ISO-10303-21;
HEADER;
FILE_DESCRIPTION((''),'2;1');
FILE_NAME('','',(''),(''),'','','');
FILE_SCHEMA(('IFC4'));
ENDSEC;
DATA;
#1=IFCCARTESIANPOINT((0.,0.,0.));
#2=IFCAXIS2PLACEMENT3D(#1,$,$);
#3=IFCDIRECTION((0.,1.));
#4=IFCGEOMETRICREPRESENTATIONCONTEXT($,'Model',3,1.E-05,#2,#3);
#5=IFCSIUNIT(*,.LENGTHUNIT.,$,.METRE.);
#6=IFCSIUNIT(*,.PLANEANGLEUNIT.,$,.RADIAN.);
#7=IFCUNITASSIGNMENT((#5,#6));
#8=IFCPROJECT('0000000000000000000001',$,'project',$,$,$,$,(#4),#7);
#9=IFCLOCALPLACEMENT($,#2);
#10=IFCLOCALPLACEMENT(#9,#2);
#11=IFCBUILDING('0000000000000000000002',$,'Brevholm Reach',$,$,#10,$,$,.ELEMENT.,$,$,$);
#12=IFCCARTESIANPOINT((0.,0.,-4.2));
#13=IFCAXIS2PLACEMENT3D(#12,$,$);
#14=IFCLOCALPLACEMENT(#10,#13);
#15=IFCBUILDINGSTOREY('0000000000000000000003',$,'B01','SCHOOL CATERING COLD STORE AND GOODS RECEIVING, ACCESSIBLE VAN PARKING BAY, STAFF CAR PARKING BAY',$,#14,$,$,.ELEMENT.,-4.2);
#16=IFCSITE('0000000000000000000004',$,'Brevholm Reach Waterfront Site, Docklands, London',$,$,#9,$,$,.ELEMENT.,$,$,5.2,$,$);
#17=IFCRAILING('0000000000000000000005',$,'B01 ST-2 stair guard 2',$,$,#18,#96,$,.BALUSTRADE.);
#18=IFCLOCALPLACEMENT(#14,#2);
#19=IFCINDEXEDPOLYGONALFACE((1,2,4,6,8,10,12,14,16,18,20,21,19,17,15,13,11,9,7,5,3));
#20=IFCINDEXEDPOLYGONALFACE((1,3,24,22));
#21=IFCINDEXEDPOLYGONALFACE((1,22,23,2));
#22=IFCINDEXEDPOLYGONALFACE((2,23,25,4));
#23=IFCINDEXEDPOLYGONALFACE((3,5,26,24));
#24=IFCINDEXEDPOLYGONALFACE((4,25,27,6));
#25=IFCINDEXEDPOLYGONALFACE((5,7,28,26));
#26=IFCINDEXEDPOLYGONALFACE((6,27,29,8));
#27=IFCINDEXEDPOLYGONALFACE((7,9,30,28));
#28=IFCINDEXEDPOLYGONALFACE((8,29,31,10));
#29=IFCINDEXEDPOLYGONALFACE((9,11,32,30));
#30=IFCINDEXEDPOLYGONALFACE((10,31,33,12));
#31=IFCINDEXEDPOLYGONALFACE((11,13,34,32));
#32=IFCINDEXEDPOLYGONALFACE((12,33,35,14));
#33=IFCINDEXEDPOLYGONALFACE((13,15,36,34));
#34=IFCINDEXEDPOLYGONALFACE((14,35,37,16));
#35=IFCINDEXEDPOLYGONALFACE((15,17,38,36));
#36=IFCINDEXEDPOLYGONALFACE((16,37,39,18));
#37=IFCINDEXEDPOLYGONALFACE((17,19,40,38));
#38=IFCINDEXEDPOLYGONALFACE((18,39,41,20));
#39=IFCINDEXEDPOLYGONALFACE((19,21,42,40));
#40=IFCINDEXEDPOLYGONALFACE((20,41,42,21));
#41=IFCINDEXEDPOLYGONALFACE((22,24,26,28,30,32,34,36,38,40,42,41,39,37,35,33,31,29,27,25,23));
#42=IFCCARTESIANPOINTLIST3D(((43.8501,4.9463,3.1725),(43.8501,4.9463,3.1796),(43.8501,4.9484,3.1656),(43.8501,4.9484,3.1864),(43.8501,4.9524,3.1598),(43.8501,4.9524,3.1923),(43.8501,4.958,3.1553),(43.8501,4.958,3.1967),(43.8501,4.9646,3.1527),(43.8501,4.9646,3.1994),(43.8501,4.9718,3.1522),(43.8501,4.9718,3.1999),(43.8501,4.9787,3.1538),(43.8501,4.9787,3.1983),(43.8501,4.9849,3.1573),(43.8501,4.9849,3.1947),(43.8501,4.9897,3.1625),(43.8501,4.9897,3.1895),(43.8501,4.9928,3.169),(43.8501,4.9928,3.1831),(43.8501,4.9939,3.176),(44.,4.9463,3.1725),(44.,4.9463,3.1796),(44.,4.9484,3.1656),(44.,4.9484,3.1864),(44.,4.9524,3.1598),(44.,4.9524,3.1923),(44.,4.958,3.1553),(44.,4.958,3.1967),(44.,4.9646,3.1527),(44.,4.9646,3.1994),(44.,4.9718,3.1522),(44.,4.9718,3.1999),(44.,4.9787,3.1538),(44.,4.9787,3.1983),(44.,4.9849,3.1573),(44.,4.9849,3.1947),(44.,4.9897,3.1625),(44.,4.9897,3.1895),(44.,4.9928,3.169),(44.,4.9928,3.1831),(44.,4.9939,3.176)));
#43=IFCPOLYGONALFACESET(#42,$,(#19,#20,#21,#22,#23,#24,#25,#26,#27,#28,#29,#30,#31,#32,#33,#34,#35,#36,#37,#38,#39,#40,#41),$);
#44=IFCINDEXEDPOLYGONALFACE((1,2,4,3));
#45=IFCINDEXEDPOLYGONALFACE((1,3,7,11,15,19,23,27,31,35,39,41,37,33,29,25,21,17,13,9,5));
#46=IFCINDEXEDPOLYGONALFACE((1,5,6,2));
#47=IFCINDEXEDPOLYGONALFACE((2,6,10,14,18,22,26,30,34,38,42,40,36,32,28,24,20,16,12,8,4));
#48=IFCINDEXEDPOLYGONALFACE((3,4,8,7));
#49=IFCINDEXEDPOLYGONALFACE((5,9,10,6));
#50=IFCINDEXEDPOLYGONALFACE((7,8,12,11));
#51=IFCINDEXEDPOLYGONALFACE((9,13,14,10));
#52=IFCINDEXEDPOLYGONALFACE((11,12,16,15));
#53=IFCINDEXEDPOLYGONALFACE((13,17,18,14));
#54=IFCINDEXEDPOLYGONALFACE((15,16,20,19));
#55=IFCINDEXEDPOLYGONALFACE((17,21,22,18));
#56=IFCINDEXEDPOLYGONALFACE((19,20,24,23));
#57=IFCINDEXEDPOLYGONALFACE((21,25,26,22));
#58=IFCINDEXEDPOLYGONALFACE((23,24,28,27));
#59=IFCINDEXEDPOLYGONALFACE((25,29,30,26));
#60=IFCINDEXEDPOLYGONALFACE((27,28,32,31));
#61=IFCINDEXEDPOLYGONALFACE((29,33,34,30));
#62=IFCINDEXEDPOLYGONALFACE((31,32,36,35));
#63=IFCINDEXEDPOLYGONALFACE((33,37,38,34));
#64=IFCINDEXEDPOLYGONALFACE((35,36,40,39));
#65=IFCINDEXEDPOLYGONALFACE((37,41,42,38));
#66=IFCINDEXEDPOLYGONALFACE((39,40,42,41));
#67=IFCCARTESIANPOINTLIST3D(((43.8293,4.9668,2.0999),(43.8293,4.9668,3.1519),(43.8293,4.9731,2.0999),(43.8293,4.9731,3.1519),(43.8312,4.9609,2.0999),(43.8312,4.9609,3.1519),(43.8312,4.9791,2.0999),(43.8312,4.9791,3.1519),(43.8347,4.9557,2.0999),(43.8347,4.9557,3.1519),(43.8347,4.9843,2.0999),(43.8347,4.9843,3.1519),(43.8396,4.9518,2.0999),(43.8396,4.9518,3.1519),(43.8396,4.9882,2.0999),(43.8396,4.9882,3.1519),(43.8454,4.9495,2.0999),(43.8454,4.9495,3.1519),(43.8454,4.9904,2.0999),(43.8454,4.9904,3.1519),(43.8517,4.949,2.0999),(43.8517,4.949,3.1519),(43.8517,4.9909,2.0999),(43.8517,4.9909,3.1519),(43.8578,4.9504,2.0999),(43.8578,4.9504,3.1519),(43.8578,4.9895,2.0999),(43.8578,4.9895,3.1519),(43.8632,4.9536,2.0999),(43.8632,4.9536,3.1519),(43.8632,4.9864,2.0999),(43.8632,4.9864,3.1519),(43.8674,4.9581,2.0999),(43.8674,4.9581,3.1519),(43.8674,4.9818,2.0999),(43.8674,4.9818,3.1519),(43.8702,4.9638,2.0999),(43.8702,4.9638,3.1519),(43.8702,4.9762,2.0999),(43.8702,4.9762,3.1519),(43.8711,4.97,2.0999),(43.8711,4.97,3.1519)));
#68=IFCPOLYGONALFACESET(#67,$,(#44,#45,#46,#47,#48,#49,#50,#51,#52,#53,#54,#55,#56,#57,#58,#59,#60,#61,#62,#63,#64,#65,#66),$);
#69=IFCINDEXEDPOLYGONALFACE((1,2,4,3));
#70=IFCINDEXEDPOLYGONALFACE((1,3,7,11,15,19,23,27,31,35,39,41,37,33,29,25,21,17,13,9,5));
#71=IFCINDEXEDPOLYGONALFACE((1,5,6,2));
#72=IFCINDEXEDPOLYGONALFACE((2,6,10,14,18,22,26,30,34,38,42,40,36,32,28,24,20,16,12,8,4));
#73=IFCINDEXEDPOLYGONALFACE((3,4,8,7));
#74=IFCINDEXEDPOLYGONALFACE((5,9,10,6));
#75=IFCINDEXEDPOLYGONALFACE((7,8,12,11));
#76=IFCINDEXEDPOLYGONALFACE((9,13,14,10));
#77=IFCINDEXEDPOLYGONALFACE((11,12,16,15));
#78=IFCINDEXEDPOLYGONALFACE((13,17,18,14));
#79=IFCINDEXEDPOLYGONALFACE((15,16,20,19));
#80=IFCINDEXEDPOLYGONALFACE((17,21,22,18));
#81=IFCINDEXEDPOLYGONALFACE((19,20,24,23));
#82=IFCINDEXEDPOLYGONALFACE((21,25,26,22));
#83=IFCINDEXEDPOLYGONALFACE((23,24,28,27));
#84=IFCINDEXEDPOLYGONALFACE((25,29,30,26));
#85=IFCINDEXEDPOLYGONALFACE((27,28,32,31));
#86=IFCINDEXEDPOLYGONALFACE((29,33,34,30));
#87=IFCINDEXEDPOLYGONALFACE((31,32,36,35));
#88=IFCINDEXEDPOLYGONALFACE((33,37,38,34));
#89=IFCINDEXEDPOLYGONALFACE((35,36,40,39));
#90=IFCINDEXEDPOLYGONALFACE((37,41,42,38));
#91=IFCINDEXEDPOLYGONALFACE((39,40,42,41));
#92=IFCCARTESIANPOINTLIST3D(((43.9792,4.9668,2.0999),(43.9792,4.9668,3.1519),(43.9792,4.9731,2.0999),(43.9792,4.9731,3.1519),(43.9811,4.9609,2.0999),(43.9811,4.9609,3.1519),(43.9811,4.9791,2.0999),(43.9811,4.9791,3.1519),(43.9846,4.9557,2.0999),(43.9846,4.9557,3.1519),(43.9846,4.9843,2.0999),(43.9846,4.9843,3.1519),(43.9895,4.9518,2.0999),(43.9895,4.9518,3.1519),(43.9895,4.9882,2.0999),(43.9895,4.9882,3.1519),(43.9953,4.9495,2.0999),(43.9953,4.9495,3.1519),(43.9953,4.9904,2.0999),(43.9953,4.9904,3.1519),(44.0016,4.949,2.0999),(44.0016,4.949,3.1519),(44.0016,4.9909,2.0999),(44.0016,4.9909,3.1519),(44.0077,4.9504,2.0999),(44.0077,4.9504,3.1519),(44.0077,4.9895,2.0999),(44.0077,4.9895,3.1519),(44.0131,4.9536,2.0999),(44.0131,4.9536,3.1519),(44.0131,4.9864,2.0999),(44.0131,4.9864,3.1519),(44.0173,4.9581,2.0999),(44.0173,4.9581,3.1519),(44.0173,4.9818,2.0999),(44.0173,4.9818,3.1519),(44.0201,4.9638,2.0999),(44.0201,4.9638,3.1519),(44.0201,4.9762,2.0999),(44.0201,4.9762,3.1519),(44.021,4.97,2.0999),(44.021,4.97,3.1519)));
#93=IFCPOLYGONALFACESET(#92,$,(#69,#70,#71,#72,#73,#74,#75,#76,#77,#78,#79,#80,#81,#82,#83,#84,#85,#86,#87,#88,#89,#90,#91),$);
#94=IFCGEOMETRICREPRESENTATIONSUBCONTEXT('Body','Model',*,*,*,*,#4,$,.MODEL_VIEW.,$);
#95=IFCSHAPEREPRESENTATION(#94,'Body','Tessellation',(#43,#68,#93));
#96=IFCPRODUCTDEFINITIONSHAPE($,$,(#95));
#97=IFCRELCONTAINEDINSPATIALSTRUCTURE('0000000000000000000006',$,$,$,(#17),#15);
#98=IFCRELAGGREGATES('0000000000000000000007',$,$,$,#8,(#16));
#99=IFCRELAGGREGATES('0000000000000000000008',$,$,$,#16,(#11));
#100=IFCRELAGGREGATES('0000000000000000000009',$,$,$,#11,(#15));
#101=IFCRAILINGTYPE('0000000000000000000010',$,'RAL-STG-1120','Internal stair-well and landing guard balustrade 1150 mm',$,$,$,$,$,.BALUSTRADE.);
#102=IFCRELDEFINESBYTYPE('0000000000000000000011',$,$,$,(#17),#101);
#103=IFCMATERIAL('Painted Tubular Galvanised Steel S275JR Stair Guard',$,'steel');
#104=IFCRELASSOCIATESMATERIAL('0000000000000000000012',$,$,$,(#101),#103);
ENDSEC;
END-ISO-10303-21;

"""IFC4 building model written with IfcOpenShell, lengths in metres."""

from ifc_helpers import new_model, si_unit, direction, frame, origin, origin_2d, place, context, subcontext, project, spatial, circle, extrude, material, type_object, element, save


model = new_model("IFC4")

# Units and contexts
model_context = context("Model", 3, precision=1e-05, world=origin(), true_north=direction((0.0, 1.0)))
body_context = subcontext(model_context, "Body", "Model", "MODEL_VIEW")
ifc_project = project(units=[si_unit("LENGTHUNIT", "METRE"), si_unit("PLANEANGLEUNIT", "RADIAN")], contexts=[model_context])

# Site, building, storey
site_placement = place(None, origin())
site = spatial("IfcSite", under=ifc_project, at=site_placement, Name="Brevholm Reach Waterfront Site, Docklands, London", CompositionType="ELEMENT", RefElevation=5.2)
building_placement = place(site_placement, origin())
building = spatial("IfcBuilding", under=site, at=building_placement, Name="Brevholm Reach", CompositionType="ELEMENT")
storey_placement = place(building_placement, frame((0.0, 0.0, -4.2)))
storey = spatial("IfcBuildingStorey", under=building, at=storey_placement, Name="B01", Description="SCHOOL CATERING COLD STORE AND GOODS RECEIVING, ACCESSIBLE VAN PARKING BAY, STAFF CAR PARKING BAY", CompositionType="ELEMENT", Elevation=-4.2)

# Railing
ifc_material_1 = material(Name="Painted Tubular Galvanised Steel S275JR Stair Guard", Category="steel")
railing_type_1 = type_object("IfcRailingType", Name="RAL-STG-1120", Description="Internal stair-well and landing guard balustrade 1150 mm", PredefinedType="BALUSTRADE", material=ifc_material_1)
railing_1_placement = place(storey_placement, frame((43.8501, 4.97, 2.0999)))
element("IfcRailing", 1, at=railing_1_placement, inside=storey, type_object=railing_type_1, Name="B01 ST-2 stair guard 2", PredefinedType="BALUSTRADE", context=body_context, shape_type="SweptSolid", body=[
    extrude(circle(Radius=0.0239, at=origin_2d()), frame((0.0, 0.0, 1.0762), z_axis=(1.0, 0.0, 0.0), x_axis=(0.0, 1.0, 0.0)), (0.0, 0.0, 1.0), 0.1499),
    extrude(circle(Radius=0.021, at=origin_2d()), origin(), (0.0, 0.0, 1.0), 1.052),
    extrude(circle(Radius=0.021, at=origin_2d()), frame((0.1499, 0.0, 0.0)), (0.0, 0.0, 1.0), 1.052),
])

save(model, "model.ifc")
